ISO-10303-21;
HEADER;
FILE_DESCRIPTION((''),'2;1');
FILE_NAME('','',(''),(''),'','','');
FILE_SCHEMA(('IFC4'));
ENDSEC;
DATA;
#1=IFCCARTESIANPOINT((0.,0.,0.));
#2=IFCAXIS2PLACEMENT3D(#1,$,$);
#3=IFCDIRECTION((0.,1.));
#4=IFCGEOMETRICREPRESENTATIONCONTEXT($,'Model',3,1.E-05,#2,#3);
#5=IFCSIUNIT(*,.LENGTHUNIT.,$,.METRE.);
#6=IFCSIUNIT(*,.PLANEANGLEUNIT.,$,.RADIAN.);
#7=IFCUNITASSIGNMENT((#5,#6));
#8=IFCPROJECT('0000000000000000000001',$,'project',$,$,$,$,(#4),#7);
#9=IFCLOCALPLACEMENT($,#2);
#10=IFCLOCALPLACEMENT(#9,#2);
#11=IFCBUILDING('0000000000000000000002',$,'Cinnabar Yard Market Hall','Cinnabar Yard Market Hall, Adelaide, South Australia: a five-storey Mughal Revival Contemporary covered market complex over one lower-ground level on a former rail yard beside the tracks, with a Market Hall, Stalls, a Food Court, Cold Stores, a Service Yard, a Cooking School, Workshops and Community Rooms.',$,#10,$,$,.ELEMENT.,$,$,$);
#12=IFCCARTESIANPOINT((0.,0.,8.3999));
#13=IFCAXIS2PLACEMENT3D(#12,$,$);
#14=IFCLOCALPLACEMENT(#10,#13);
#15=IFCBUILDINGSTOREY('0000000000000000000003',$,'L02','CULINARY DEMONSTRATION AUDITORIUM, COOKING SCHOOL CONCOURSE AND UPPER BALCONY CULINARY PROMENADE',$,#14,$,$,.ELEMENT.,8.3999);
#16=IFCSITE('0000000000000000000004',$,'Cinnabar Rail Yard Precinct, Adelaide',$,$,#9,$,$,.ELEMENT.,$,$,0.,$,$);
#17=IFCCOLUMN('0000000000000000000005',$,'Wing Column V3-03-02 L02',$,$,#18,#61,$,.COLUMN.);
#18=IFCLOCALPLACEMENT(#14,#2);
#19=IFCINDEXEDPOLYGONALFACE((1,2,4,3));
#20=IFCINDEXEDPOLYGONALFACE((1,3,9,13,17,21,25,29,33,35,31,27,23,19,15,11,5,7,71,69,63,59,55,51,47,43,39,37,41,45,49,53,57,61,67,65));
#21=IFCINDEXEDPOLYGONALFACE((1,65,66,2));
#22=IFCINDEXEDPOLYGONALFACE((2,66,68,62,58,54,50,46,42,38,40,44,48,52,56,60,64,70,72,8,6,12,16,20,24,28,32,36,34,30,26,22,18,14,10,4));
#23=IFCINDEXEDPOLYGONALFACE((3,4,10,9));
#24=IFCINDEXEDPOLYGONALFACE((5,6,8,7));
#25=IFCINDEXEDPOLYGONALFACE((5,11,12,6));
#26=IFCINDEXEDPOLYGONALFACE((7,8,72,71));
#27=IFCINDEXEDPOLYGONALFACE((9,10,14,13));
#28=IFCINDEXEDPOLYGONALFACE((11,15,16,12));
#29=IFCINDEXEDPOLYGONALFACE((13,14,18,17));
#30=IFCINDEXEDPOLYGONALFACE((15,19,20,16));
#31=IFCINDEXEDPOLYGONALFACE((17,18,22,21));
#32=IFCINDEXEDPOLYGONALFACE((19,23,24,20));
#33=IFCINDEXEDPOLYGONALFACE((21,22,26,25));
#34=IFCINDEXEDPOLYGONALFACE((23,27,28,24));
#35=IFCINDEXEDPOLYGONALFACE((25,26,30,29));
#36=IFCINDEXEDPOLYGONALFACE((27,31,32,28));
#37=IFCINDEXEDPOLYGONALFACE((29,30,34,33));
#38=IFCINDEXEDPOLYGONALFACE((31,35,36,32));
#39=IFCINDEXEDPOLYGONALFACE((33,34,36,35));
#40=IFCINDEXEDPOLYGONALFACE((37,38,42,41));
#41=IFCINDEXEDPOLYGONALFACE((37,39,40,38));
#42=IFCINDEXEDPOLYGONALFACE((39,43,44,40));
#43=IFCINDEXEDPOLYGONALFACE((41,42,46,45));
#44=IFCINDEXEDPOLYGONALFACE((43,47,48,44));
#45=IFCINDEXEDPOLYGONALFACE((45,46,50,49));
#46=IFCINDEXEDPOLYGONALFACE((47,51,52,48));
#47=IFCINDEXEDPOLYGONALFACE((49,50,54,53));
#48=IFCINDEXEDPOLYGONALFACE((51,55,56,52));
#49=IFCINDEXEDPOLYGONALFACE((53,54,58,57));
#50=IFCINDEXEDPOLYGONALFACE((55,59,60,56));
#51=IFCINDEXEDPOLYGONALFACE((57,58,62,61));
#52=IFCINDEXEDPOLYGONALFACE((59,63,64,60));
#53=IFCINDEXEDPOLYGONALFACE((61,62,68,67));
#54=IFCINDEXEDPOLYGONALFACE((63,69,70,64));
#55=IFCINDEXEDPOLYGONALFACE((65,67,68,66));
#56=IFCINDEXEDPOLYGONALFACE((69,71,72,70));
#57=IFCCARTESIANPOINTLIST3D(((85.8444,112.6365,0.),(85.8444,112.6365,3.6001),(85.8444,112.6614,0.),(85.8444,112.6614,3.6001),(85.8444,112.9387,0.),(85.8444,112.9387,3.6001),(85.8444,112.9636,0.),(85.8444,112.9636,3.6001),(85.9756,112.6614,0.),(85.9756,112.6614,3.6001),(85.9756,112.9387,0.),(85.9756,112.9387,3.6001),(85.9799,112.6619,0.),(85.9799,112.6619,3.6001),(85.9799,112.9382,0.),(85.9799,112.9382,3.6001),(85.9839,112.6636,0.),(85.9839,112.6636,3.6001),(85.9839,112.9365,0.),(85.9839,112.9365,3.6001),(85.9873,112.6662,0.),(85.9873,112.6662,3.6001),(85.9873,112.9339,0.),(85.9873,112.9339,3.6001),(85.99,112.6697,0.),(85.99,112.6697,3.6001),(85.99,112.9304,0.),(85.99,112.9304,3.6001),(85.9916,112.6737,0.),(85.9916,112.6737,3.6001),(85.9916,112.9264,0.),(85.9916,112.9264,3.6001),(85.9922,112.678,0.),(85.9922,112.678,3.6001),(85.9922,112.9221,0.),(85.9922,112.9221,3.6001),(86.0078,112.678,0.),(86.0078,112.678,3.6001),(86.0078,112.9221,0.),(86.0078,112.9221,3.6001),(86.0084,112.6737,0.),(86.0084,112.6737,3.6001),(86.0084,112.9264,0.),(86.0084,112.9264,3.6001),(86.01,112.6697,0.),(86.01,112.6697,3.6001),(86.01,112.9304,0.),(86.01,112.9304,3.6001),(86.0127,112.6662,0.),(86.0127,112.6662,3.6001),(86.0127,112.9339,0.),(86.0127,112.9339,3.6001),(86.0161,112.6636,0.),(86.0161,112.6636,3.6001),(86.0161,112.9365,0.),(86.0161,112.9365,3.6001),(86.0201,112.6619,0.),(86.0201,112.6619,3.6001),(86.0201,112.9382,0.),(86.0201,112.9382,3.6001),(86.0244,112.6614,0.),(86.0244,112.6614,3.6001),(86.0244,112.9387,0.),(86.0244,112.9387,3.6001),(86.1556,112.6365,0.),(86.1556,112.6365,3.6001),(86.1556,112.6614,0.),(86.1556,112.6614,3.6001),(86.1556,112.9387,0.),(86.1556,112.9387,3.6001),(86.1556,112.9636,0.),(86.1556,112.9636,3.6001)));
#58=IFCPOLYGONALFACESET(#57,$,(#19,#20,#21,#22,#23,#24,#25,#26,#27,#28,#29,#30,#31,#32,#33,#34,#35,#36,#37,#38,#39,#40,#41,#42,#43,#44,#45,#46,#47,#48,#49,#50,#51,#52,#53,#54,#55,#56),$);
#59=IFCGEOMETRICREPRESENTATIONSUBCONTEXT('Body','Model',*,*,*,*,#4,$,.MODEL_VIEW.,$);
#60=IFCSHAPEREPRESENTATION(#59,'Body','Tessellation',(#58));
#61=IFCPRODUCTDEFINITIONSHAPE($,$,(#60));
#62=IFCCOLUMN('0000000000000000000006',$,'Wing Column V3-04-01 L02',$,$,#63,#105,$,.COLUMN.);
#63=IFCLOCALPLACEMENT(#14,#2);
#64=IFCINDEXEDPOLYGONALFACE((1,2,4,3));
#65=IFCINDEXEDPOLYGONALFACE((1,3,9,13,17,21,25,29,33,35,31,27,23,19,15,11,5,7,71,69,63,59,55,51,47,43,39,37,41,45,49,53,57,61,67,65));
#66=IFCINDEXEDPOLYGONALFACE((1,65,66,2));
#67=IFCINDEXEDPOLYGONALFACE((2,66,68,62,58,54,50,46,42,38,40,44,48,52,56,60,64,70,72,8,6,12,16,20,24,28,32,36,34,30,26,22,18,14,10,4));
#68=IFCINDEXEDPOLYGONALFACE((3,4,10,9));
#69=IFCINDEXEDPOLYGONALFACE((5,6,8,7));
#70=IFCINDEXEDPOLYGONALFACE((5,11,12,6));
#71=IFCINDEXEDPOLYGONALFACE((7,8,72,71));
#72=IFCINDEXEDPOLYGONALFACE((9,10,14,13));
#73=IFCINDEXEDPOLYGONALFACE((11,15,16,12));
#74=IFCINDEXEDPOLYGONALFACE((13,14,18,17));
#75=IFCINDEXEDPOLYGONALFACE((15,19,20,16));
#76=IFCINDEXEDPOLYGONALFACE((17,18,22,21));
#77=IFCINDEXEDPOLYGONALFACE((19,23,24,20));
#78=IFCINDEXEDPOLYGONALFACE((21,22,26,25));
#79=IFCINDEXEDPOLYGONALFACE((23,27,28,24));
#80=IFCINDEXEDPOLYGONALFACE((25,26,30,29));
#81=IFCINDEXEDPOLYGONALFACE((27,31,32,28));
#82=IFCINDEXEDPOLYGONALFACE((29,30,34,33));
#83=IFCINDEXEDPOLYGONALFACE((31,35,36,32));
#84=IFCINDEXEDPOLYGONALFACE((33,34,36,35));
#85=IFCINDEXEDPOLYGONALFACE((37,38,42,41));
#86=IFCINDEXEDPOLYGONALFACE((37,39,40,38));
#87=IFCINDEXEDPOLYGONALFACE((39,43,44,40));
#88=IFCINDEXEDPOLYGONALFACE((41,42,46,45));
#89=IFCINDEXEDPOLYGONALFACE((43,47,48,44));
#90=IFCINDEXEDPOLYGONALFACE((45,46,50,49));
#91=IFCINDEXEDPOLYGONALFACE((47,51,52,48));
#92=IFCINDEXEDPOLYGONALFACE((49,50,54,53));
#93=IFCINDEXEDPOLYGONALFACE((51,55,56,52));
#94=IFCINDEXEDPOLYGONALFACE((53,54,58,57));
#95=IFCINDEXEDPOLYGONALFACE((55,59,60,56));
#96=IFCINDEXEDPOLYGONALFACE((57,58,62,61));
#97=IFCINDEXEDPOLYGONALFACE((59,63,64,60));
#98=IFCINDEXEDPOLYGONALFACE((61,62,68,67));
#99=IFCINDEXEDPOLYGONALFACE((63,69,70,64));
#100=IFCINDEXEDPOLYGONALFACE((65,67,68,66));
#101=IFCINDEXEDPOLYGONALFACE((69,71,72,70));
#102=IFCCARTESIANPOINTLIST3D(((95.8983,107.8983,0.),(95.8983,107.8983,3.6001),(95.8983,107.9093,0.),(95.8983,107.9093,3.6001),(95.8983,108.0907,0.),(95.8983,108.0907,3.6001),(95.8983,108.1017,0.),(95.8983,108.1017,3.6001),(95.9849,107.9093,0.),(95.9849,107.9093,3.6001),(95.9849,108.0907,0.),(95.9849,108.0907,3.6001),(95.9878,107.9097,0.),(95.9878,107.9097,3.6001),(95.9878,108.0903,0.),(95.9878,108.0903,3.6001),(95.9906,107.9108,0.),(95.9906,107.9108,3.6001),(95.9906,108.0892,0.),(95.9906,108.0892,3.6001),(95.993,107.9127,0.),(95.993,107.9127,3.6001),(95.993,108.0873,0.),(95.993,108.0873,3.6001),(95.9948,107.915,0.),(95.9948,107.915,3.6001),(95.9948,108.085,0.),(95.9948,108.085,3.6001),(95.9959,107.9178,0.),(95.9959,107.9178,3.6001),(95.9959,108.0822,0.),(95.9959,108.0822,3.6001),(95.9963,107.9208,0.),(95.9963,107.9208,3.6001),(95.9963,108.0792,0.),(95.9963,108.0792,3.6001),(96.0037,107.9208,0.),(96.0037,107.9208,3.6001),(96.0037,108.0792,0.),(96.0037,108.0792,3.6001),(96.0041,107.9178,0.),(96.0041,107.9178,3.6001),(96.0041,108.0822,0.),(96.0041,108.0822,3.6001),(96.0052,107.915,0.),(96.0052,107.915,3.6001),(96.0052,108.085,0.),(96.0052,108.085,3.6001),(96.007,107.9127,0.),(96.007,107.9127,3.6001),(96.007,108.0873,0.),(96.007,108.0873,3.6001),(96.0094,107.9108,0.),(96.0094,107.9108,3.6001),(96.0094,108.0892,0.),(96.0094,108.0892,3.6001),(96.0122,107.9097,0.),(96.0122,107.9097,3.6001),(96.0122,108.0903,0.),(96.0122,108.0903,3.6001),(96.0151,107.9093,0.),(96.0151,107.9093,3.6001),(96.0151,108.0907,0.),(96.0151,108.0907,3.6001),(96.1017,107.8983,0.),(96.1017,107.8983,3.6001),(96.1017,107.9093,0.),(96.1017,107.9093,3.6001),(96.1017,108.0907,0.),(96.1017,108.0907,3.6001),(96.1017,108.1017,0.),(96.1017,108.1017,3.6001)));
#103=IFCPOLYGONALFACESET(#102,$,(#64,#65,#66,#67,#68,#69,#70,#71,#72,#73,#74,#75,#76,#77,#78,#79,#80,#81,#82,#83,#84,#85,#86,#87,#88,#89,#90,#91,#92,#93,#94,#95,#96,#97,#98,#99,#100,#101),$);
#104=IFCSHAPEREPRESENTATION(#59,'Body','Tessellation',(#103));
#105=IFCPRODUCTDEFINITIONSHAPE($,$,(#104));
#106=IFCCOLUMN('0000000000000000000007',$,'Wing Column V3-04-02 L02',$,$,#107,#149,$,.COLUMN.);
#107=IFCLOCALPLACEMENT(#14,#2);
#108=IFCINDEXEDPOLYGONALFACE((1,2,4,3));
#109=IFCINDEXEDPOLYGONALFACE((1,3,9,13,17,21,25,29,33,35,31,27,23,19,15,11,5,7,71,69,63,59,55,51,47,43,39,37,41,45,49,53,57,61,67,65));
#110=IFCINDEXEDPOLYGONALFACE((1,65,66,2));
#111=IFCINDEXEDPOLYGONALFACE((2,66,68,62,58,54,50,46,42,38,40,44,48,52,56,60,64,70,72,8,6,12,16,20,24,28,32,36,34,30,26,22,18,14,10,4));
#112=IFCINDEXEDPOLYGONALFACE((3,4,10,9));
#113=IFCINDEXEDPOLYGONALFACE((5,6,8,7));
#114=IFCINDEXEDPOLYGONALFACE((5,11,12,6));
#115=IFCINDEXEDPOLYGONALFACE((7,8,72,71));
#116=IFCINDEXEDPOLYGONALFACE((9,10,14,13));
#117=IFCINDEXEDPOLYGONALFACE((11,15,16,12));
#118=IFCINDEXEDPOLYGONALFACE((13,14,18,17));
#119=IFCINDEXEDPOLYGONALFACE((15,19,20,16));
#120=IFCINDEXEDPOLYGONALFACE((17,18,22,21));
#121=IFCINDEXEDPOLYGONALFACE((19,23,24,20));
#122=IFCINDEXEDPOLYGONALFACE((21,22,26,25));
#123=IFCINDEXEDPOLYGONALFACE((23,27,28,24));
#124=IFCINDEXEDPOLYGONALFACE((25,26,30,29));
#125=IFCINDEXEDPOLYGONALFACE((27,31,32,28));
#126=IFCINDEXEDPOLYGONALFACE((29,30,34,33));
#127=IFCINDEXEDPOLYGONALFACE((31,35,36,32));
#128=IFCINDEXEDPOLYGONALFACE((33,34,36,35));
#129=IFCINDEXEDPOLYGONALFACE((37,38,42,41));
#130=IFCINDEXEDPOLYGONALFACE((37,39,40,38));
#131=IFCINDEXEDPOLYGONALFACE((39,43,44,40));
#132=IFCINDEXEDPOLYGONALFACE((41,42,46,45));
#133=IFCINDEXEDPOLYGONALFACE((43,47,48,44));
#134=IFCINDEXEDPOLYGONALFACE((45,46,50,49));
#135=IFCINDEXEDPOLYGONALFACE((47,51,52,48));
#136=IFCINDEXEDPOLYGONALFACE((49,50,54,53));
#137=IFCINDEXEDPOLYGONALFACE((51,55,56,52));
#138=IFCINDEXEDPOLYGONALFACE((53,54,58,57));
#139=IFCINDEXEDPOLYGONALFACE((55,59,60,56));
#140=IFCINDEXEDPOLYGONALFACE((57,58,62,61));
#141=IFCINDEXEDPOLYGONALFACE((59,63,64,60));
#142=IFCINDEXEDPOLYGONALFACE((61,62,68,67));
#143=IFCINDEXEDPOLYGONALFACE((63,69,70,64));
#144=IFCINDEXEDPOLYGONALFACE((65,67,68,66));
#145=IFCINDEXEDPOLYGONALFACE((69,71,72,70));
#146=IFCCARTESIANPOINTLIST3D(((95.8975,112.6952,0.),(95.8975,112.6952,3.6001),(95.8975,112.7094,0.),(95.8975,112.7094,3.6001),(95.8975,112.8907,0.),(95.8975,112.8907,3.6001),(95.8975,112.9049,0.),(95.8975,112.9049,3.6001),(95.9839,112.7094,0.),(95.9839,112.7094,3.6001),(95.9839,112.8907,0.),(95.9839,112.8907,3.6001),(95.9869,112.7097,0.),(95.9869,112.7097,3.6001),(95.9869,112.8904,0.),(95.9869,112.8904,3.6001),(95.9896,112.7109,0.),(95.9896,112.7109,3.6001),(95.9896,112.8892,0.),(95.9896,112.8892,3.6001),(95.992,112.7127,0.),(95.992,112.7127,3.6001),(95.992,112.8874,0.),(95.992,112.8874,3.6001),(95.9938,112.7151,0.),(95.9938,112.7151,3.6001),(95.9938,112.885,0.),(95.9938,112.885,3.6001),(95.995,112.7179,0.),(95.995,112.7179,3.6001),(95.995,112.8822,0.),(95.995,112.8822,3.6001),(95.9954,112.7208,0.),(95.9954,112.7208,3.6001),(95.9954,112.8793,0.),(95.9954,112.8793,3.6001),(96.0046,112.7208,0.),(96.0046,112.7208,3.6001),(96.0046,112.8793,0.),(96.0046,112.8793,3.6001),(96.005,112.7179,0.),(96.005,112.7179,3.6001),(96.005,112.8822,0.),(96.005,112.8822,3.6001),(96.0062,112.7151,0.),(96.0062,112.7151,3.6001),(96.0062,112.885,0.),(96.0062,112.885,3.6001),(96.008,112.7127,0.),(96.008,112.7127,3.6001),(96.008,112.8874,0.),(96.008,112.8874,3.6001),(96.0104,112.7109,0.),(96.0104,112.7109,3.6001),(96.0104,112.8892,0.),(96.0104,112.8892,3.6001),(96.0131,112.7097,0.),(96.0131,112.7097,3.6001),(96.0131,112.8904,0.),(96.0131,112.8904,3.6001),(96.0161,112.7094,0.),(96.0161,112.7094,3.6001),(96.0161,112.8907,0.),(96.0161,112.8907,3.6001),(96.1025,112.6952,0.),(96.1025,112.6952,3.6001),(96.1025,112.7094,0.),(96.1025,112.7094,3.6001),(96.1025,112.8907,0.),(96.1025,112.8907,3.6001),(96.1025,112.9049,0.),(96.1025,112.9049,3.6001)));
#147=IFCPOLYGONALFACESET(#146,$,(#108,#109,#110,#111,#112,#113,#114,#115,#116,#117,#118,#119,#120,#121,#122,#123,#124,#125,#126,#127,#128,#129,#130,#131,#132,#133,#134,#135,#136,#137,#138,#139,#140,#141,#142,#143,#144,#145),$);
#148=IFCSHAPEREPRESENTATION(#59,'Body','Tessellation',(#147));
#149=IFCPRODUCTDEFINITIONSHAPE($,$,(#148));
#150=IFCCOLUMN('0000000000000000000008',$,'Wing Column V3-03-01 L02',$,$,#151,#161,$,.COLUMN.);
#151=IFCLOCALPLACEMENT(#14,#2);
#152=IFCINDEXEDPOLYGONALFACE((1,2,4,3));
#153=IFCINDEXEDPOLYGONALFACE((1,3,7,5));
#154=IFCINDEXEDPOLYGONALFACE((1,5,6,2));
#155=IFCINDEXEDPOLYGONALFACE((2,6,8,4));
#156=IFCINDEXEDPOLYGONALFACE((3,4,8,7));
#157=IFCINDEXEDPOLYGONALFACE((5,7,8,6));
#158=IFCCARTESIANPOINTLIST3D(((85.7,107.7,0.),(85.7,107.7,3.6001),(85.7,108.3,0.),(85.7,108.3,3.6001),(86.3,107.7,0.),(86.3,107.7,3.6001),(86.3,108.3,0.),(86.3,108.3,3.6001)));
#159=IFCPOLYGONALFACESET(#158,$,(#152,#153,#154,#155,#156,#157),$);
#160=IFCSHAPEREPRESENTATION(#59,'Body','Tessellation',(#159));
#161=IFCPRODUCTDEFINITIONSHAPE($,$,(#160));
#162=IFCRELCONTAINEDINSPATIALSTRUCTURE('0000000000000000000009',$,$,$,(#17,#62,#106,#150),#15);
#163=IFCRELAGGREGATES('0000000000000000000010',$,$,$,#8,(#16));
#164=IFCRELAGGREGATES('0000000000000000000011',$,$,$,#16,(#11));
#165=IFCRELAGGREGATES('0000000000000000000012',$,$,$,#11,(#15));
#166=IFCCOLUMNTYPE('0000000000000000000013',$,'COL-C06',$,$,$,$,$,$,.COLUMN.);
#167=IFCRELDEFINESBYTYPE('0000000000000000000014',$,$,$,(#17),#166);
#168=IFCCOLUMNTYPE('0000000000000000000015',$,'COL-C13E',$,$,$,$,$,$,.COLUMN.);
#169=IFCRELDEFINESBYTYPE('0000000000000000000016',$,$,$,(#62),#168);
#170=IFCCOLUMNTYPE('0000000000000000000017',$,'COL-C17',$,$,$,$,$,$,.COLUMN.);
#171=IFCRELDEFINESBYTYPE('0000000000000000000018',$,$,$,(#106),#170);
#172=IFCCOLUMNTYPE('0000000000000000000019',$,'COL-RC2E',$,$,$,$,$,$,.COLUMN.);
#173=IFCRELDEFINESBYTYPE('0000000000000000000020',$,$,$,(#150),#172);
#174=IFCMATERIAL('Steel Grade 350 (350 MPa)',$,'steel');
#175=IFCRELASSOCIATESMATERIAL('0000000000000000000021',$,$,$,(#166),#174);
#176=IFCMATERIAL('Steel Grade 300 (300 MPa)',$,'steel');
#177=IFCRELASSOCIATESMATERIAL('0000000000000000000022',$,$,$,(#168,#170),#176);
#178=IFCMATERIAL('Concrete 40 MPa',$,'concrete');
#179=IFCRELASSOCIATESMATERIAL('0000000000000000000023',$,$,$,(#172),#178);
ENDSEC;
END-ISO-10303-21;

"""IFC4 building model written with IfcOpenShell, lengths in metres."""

from ifc_helpers import new_model, si_unit, direction, frame, origin, origin_2d_with_axis, place, context, subcontext, project, spatial, rectangle, i_section, extrude, material, material_profile, profile_set, type_object, element, save


model = new_model("IFC4")

# Units and contexts
model_context = context("Model", 3, precision=1e-05, world=origin(), true_north=direction((0.0, 1.0)))
body_context = subcontext(model_context, "Body", "Model", "MODEL_VIEW")
ifc_project = project(units=[si_unit("LENGTHUNIT", "METRE"), si_unit("PLANEANGLEUNIT", "RADIAN")], contexts=[model_context])

# Site, building, storey
site_placement = place(None, origin())
site = spatial("IfcSite", under=ifc_project, at=site_placement, Name="Cinnabar Rail Yard Precinct, Adelaide", CompositionType="ELEMENT", RefElevation=0.0)
building_placement = place(site_placement, origin())
building = spatial("IfcBuilding", under=site, at=building_placement, Name="Cinnabar Yard Market Hall", Description="Cinnabar Yard Market Hall, Adelaide, South Australia: a five-storey Mughal Revival Contemporary covered market complex over one lower-ground level on a former rail yard beside the tracks, with a Market Hall, Stalls, a Food Court, Cold Stores, a Service Yard, a Cooking School, Workshops and Community Rooms.", CompositionType="ELEMENT")
storey_placement = place(building_placement, frame((0.0, 0.0, 8.3999)))
storey = spatial("IfcBuildingStorey", under=building, at=storey_placement, Name="L02", Description="CULINARY DEMONSTRATION AUDITORIUM, COOKING SCHOOL CONCOURSE AND UPPER BALCONY CULINARY PROMENADE", CompositionType="ELEMENT", Elevation=8.3999)

# Columns
ifc_material_1 = material(Name="Steel Grade 350 (350 MPa)", Category="steel")
ifc_material_profile_1 = material_profile(ifc_material_1, i_section(OverallWidth=0.3113, OverallDepth=0.3271, WebThickness=0.0156, FlangeThickness=0.0249, FilletRadius=0.0166, at=origin_2d_with_axis()), Name="310UC158")
ifc_profile_set_1 = profile_set([ifc_material_profile_1], Name="Steel Grade 350 (350 MPa)")
column_type_1 = type_object("IfcColumnType", Name="COL-C06", PredefinedType="COLUMN", material=ifc_profile_set_1)
column_1_placement = place(storey_placement, frame((86.0, 112.8, 0.0), z_axis=(0.0, 0.0, 1.0), x_axis=(1.0, 0.0, 0.0)))
element("IfcColumn", 1, at=column_1_placement, inside=storey, type_object=column_type_1, Name="Wing Column V3-03-02 L02", PredefinedType="COLUMN", context=body_context, shape_type="SweptSolid", body=[
    extrude(i_section(OverallWidth=0.3113, OverallDepth=0.3271, WebThickness=0.0156, FlangeThickness=0.0249, FilletRadius=0.0166, at=origin_2d_with_axis()), origin(), (0.0, 0.0, 1.0), 3.6001),
])
ifc_material_2 = material(Name="Steel Grade 300 (300 MPa)", Category="steel")
ifc_material_profile_2 = material_profile(ifc_material_2, i_section(OverallWidth=0.2034, OverallDepth=0.2034, WebThickness=0.0073, FlangeThickness=0.011, FilletRadius=0.0115, at=origin_2d_with_axis()), Name="200UC46.2")
ifc_profile_set_2 = profile_set([ifc_material_profile_2], Name="Steel Grade 300 (300 MPa)")
column_type_2 = type_object("IfcColumnType", Name="COL-C13E", PredefinedType="COLUMN", material=ifc_profile_set_2)
column_2_placement = place(storey_placement, frame((96.0, 108.0, 0.0), z_axis=(0.0, 0.0, 1.0), x_axis=(1.0, 0.0, 0.0)))
element("IfcColumn", 2, at=column_2_placement, inside=storey, type_object=column_type_2, Name="Wing Column V3-04-01 L02", PredefinedType="COLUMN", context=body_context, shape_type="SweptSolid", body=[
    extrude(i_section(OverallWidth=0.2034, OverallDepth=0.2034, WebThickness=0.0073, FlangeThickness=0.011, FilletRadius=0.0115, at=origin_2d_with_axis()), origin(), (0.0, 0.0, 1.0), 3.6001),
])
ifc_material_profile_3 = material_profile(ifc_material_2, i_section(OverallWidth=0.2051, OverallDepth=0.2097, WebThickness=0.0093, FlangeThickness=0.0142, FilletRadius=0.0115, at=origin_2d_with_axis()), Name="200UC59.5")
ifc_profile_set_3 = profile_set([ifc_material_profile_3], Name="Steel Grade 300 (300 MPa)")
column_type_3 = type_object("IfcColumnType", Name="COL-C17", PredefinedType="COLUMN", material=ifc_profile_set_3)
column_3_placement = place(storey_placement, frame((96.0, 112.8, 0.0), z_axis=(0.0, 0.0, 1.0), x_axis=(1.0, 0.0, 0.0)))
element("IfcColumn", 3, at=column_3_placement, inside=storey, type_object=column_type_3, Name="Wing Column V3-04-02 L02", PredefinedType="COLUMN", context=body_context, shape_type="SweptSolid", body=[
    extrude(i_section(OverallWidth=0.2051, OverallDepth=0.2097, WebThickness=0.0093, FlangeThickness=0.0142, FilletRadius=0.0115, at=origin_2d_with_axis()), origin(), (0.0, 0.0, 1.0), 3.6001),
])
ifc_material_3 = material(Name="Concrete 40 MPa", Category="concrete")
ifc_material_profile_4 = material_profile(ifc_material_3, rectangle(XDim=0.6001, YDim=0.6001, at=origin_2d_with_axis()), Name="RC-600x600")
ifc_profile_set_4 = profile_set([ifc_material_profile_4], Name="Concrete 40 MPa")
column_type_4 = type_object("IfcColumnType", Name="COL-RC2E", PredefinedType="COLUMN", material=ifc_profile_set_4)
column_4_placement = place(storey_placement, frame((86.0, 108.0, 0.0), z_axis=(0.0, 0.0, 1.0), x_axis=(1.0, 0.0, 0.0)))
element("IfcColumn", 4, at=column_4_placement, inside=storey, type_object=column_type_4, Name="Wing Column V3-03-01 L02", PredefinedType="COLUMN", context=body_context, shape_type="SweptSolid", body=[
    extrude(rectangle(XDim=0.6001, YDim=0.6001, at=origin_2d_with_axis()), origin(), (0.0, 0.0, 1.0), 3.6001),
])

save(model, "model.ifc")
